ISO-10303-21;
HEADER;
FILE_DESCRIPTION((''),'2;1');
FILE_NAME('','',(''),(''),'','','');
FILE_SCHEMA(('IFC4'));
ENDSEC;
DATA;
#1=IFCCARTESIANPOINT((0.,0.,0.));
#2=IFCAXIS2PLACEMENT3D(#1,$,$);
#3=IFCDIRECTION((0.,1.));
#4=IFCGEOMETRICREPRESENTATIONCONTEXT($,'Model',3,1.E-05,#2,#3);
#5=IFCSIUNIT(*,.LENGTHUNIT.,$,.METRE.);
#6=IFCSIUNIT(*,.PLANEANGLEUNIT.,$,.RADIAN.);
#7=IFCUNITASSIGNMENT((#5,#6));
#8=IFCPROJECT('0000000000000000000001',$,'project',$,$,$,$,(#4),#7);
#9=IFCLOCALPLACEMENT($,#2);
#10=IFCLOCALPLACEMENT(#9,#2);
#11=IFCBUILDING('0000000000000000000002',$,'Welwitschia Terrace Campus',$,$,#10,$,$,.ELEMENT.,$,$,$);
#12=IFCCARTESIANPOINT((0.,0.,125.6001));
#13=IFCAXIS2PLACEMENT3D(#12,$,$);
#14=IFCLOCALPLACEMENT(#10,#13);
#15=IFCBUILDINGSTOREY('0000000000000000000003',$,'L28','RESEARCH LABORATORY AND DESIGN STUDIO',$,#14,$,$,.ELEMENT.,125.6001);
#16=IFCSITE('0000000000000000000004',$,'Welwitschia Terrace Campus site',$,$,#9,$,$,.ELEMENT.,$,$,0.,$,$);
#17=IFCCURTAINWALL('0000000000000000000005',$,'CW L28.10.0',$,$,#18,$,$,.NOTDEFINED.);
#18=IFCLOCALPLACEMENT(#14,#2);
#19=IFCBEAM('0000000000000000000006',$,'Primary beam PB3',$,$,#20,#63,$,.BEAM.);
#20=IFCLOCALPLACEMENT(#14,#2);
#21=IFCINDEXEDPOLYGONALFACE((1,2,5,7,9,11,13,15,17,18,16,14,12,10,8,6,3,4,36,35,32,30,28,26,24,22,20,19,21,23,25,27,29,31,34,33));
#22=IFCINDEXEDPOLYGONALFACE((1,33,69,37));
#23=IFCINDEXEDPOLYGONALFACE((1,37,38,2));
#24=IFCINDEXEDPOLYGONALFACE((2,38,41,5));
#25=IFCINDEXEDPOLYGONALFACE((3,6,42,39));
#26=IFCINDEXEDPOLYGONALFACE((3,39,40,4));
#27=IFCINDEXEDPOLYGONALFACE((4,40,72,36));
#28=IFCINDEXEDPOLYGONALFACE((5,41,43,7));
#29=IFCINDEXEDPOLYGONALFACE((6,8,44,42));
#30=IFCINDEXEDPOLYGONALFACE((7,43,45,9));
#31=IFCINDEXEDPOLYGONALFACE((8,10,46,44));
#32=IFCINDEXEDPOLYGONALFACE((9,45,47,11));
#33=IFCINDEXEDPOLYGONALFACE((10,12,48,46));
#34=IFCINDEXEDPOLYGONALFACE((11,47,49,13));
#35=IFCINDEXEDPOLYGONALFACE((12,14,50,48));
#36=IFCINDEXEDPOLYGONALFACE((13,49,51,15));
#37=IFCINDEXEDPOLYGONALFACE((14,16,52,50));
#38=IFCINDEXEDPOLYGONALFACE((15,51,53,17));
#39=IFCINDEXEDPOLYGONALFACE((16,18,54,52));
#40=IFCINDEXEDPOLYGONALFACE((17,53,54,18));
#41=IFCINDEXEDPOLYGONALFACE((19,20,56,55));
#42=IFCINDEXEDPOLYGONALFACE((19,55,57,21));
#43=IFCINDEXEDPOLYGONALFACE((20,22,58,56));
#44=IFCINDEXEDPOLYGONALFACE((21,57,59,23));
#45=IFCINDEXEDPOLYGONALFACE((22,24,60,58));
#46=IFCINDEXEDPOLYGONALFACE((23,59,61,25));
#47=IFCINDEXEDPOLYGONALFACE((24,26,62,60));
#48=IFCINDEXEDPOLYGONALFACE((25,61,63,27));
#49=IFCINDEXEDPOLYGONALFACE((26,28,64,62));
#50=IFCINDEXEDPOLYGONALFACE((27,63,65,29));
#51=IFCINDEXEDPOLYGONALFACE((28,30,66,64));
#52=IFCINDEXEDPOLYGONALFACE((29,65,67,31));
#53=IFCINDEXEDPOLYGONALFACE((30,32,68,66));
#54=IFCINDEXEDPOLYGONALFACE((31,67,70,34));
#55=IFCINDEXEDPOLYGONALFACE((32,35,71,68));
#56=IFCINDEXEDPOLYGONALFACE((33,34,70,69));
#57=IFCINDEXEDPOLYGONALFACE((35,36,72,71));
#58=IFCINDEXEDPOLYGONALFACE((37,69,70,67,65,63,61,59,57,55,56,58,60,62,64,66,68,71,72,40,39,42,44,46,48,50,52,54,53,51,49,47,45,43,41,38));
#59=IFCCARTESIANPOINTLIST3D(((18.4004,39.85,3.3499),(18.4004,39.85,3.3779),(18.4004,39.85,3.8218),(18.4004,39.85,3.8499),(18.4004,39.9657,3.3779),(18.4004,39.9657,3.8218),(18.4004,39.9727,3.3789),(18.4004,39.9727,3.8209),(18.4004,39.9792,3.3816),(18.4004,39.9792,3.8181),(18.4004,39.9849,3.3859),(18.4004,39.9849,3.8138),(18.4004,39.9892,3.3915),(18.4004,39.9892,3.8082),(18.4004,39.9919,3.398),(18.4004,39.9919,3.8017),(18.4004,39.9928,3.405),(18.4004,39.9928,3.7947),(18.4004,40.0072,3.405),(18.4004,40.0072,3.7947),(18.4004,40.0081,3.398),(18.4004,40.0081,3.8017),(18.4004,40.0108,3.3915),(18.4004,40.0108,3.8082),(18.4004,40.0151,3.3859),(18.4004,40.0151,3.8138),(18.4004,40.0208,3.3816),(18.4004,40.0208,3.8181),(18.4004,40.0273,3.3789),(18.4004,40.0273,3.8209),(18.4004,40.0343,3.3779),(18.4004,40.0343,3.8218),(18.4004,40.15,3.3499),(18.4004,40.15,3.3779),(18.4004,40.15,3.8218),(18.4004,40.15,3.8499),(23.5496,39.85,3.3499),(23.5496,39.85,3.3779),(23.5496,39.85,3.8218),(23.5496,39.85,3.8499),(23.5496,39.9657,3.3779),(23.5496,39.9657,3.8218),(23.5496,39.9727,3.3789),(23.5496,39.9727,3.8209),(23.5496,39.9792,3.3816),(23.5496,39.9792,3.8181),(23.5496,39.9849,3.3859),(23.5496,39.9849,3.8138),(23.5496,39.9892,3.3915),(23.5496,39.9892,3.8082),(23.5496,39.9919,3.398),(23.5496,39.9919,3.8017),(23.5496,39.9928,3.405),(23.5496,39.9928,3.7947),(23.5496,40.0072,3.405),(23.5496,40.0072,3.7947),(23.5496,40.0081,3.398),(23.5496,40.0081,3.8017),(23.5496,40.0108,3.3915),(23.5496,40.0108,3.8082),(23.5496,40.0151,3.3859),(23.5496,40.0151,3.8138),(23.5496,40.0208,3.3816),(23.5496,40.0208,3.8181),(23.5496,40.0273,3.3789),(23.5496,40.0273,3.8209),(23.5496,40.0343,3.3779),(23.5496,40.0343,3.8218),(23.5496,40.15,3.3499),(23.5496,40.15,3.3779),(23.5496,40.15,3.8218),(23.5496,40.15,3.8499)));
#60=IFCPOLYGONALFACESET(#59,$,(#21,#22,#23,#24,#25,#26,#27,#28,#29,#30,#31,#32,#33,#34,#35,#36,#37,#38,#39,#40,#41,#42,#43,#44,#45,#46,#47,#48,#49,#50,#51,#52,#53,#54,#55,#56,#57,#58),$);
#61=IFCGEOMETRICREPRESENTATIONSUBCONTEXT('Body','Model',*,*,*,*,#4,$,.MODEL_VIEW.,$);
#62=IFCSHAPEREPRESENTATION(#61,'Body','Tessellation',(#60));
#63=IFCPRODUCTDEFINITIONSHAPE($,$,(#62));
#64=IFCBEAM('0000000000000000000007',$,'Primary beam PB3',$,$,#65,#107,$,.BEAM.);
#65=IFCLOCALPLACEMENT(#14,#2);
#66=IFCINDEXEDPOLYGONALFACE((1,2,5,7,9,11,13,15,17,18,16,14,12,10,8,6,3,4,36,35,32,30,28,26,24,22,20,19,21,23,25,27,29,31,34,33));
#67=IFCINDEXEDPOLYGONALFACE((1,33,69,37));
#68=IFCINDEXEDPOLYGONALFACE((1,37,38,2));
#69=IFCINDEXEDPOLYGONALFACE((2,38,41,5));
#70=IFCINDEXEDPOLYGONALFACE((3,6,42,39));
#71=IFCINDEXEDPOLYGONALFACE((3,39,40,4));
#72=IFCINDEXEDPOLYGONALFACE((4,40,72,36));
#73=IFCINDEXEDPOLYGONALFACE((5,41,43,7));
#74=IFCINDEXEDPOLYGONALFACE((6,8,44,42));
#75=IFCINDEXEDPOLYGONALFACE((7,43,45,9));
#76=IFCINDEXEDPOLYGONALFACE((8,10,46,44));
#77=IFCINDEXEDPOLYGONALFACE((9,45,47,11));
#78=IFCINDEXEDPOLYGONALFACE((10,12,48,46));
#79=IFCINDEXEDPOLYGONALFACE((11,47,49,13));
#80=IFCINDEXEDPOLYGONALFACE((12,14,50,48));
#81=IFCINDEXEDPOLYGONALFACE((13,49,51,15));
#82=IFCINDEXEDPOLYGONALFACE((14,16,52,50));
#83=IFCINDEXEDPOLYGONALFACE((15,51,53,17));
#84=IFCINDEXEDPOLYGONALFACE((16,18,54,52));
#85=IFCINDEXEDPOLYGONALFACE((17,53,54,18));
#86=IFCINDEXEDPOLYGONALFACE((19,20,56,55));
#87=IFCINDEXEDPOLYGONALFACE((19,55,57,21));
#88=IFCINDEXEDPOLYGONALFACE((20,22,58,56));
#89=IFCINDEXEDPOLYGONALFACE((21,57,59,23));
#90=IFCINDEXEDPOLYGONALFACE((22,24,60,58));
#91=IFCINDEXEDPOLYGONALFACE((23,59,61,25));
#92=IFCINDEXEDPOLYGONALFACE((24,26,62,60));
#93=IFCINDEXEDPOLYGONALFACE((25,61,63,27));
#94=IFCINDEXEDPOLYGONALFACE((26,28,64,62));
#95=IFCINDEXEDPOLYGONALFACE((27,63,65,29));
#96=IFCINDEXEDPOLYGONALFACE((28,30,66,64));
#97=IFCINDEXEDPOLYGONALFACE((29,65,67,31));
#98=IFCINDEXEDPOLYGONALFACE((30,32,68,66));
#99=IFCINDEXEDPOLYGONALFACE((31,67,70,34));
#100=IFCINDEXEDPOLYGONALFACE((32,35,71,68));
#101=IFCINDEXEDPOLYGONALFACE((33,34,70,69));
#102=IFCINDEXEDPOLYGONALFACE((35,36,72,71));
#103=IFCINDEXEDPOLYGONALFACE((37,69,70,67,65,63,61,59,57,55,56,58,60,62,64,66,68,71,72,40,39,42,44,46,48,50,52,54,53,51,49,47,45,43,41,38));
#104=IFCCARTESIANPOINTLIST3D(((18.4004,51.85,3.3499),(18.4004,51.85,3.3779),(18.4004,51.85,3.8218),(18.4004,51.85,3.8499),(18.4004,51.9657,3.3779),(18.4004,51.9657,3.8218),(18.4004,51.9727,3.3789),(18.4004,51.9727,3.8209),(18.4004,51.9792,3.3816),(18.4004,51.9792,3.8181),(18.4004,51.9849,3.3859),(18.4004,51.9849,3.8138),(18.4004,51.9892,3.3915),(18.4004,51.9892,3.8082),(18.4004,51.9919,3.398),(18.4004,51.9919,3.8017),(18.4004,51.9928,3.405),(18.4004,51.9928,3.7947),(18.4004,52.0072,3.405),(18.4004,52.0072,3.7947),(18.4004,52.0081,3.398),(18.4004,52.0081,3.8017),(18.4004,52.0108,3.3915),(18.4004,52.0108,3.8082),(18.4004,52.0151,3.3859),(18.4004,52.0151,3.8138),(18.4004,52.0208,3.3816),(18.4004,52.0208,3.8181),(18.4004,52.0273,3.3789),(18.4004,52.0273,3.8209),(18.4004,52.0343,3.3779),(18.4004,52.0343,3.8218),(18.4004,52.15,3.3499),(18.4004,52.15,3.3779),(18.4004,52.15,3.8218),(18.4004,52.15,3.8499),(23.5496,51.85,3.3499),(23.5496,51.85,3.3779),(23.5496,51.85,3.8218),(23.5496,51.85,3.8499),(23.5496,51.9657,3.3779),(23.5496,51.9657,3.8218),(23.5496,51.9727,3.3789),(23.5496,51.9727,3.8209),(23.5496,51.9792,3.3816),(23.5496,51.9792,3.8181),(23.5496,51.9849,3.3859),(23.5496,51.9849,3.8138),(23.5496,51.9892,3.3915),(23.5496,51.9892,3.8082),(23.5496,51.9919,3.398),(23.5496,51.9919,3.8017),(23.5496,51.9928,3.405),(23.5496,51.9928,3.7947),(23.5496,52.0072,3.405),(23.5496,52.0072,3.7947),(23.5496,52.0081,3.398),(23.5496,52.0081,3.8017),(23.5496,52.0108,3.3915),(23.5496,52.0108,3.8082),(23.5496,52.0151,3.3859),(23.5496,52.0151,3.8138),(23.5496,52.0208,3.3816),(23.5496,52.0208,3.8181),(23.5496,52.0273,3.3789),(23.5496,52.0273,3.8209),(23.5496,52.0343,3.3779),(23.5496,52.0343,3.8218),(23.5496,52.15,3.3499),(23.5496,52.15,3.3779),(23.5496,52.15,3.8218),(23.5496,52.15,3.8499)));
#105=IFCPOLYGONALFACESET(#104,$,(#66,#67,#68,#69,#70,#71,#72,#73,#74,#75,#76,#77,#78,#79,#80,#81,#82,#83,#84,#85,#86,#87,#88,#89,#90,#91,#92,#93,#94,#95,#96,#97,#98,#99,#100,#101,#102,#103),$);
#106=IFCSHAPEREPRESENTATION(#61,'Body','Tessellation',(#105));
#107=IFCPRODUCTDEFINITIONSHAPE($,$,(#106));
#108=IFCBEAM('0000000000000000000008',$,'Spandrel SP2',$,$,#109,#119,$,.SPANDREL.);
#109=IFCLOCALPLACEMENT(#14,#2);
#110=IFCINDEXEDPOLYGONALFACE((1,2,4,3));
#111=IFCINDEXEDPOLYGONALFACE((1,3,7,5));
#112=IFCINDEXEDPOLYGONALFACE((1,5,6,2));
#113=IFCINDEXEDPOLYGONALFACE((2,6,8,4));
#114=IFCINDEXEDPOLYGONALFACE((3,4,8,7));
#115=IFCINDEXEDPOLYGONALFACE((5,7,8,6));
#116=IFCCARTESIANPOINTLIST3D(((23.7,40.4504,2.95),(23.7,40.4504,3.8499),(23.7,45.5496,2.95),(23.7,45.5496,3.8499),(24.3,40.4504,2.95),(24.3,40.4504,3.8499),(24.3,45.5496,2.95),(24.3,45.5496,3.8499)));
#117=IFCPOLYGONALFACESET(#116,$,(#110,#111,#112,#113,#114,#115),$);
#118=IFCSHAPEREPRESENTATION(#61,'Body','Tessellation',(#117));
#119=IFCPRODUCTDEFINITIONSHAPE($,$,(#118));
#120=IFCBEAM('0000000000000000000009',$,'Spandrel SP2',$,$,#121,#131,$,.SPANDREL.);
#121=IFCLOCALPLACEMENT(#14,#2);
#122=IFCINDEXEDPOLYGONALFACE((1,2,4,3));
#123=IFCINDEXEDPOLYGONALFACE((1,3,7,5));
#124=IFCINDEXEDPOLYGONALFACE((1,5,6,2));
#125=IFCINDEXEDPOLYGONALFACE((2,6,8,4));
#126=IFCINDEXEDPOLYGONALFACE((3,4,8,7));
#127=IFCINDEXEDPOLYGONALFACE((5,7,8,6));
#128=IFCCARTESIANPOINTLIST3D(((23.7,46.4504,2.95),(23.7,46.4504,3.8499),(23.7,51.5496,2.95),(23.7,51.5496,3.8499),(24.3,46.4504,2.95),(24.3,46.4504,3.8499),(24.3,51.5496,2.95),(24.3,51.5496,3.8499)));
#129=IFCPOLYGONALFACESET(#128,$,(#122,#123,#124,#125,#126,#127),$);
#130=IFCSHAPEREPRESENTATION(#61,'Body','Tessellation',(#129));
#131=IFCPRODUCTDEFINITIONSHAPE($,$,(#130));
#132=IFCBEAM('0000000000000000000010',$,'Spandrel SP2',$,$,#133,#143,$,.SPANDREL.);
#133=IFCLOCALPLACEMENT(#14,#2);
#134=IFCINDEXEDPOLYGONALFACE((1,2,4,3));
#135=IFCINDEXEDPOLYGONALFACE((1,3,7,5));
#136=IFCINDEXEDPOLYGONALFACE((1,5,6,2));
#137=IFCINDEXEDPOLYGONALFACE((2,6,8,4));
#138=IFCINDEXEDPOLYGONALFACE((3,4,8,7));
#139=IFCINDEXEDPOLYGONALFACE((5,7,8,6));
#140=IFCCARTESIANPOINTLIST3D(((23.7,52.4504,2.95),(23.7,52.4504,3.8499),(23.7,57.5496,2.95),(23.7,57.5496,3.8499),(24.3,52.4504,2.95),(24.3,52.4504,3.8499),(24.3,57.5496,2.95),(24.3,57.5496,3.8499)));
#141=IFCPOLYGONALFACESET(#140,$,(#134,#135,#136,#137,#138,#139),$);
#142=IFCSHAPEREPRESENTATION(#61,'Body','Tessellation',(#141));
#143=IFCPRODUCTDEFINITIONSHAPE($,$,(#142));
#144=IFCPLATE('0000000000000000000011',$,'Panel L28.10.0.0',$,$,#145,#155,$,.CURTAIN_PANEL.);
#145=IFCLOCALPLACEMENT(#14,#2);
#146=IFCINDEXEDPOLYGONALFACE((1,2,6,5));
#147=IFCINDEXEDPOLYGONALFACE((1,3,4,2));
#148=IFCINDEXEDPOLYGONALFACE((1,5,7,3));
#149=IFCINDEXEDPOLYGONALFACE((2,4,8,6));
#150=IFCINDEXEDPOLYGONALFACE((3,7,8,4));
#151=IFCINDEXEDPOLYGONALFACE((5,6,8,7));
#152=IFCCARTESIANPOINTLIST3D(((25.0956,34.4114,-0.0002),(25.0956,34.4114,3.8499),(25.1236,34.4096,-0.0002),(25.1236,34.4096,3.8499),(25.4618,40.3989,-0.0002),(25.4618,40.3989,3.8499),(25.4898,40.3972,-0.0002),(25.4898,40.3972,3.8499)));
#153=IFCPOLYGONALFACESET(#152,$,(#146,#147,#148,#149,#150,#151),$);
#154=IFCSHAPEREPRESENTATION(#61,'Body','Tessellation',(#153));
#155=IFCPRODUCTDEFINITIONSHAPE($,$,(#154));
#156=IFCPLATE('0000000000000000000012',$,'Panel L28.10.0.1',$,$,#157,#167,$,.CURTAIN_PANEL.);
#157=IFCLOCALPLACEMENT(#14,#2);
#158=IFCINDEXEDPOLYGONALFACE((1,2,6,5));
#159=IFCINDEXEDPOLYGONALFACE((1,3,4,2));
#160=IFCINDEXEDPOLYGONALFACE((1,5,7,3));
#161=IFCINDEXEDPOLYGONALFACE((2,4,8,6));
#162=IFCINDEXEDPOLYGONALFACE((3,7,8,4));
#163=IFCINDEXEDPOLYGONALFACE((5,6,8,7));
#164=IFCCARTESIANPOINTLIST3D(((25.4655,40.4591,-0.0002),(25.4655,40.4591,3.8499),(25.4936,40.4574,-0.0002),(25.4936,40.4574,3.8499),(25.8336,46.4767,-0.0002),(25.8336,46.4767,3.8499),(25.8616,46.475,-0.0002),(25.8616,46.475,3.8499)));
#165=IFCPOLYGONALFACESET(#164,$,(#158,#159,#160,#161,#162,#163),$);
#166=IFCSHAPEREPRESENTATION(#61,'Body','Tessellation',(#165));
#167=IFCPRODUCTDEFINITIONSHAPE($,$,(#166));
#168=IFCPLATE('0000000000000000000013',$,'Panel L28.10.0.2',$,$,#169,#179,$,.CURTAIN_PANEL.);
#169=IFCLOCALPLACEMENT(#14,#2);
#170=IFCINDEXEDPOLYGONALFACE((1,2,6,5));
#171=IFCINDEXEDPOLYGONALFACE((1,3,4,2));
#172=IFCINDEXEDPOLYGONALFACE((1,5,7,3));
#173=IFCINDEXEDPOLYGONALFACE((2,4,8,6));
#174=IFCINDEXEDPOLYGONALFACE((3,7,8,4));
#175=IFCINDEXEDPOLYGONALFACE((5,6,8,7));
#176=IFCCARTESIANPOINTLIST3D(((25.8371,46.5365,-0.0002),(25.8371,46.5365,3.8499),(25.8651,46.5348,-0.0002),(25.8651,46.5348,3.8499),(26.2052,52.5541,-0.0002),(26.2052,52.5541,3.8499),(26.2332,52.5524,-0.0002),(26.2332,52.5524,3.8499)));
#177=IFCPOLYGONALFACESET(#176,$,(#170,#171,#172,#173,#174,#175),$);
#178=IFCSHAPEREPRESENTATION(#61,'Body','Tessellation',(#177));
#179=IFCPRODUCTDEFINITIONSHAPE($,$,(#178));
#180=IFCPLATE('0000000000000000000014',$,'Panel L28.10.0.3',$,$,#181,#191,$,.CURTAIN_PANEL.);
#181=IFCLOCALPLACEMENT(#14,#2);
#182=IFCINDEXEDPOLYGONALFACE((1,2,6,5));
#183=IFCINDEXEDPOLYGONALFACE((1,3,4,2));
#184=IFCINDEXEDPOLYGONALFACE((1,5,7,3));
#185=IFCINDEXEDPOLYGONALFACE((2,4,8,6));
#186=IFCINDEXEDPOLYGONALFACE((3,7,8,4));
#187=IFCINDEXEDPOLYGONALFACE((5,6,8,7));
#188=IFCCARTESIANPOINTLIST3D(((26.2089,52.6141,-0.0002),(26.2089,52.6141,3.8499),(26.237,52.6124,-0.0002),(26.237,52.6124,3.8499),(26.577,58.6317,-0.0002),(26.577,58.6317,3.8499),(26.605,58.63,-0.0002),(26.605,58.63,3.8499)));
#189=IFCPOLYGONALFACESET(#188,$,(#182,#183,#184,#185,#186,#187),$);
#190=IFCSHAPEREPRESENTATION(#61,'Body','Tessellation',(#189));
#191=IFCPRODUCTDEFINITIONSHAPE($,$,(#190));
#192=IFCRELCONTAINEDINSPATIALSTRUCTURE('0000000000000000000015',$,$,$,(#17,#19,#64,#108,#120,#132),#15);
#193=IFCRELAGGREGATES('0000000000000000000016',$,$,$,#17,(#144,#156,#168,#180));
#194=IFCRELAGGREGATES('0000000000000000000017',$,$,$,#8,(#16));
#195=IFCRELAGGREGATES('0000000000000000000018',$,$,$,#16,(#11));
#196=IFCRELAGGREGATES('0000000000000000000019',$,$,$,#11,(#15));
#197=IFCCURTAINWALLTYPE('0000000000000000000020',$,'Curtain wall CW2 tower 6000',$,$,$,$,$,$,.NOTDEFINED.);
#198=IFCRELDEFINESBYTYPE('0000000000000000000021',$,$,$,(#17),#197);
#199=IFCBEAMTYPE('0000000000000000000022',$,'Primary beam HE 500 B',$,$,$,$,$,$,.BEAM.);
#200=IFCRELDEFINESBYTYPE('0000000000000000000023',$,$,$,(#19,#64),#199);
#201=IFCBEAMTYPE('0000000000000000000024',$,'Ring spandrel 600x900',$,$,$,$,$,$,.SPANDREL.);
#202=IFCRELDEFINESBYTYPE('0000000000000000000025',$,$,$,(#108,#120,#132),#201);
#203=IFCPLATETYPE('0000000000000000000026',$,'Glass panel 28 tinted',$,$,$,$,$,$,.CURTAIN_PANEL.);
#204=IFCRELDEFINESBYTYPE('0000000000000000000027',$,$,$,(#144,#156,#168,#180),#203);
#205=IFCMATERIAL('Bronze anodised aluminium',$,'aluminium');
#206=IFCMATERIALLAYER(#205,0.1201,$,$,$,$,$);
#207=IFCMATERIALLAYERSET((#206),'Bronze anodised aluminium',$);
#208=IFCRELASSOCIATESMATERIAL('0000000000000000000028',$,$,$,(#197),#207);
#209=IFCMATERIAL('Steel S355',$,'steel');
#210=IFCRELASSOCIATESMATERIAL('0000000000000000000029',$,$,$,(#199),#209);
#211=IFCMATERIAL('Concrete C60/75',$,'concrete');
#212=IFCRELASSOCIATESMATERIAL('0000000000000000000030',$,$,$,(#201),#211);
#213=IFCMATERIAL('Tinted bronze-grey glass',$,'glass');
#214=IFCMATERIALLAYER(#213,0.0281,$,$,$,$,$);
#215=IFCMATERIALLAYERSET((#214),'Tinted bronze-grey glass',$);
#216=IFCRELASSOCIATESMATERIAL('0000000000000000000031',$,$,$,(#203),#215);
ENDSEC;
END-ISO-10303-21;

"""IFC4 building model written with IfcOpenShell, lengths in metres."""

from ifc_helpers import new_model, si_unit, direction, frame, origin, origin_2d, place, context, subcontext, project, spatial, rectangle, i_section, extrude, material, layer, layer_set, material_profile, profile_set, type_object, element, aggregate, save


model = new_model("IFC4")

# Units and contexts
model_context = context("Model", 3, precision=1e-05, world=origin(), true_north=direction((0.0, 1.0)))
body_context = subcontext(model_context, "Body", "Model", "MODEL_VIEW")
ifc_project = project(units=[si_unit("LENGTHUNIT", "METRE"), si_unit("PLANEANGLEUNIT", "RADIAN")], contexts=[model_context])

# Site, building, storey
site_placement = place(None, origin())
site = spatial("IfcSite", under=ifc_project, at=site_placement, Name="Welwitschia Terrace Campus site", CompositionType="ELEMENT", RefElevation=0.0)
building_placement = place(site_placement, origin())
building = spatial("IfcBuilding", under=site, at=building_placement, Name="Welwitschia Terrace Campus", CompositionType="ELEMENT")
storey_placement = place(building_placement, frame((0.0, 0.0, 125.6001)))
storey = spatial("IfcBuildingStorey", under=building, at=storey_placement, Name="L28", Description="RESEARCH LABORATORY AND DESIGN STUDIO", CompositionType="ELEMENT", Elevation=125.6001)

# Curtain wall
ifc_material_1 = material(Name="Bronze anodised aluminium", Category="aluminium")
ifc_layer_1 = layer(ifc_material_1, 0.1201)
ifc_layer_set_1 = layer_set([ifc_layer_1], Name="Bronze anodised aluminium")
curtain_wall_type = type_object("IfcCurtainWallType", Name="Curtain wall CW2 tower 6000", PredefinedType="NOTDEFINED", material=ifc_layer_set_1)
curtain_wall_placement = place(storey_placement, origin())
curtain_wall = element("IfcCurtainWall", 1, at=curtain_wall_placement, inside=storey, type_object=curtain_wall_type, Name="CW L28.10.0", PredefinedType="NOTDEFINED")

# Beams
ifc_material_2 = material(Name="Steel S355", Category="steel")
ifc_material_profile_1 = material_profile(ifc_material_2, i_section(OverallWidth=0.3, OverallDepth=0.5, WebThickness=0.0144, FlangeThickness=0.0281, FilletRadius=0.0271, at=origin_2d()))
ifc_profile_set_1 = profile_set([ifc_material_profile_1], Name="Steel S355")
beam_type_1 = type_object("IfcBeamType", Name="Primary beam HE 500 B", PredefinedType="BEAM", material=ifc_profile_set_1)
for number, where, z_axis, x_axis, name in (
    (2, (23.5496, 40.0, 3.5999), (-1.0, 0.0, 0.0), (0.0, -1.0, 0.0), "Primary beam PB3"),
    (3, (23.5496, 52.0, 3.5999), (-1.0, 0.0, 0.0), (0.0, -1.0, 0.0), "Primary beam PB3"),
):
    element("IfcBeam", number, at=place(storey_placement, frame(where, z_axis=z_axis, x_axis=x_axis)), inside=storey, type_object=beam_type_1, Name=name, PredefinedType="BEAM", context=body_context, shape_type="SweptSolid", body=[
        extrude(i_section(OverallWidth=0.3, OverallDepth=0.5, WebThickness=0.0144, FlangeThickness=0.0281, FilletRadius=0.0271, at=origin_2d()), origin(), (0.0, 0.0, 1.0), 5.1492),
    ])
ifc_material_3 = material(Name="Concrete C60/75", Category="concrete")
ifc_material_profile_2 = material_profile(ifc_material_3, rectangle(XDim=0.6001, YDim=0.8999, at=origin_2d()))
ifc_profile_set_2 = profile_set([ifc_material_profile_2], Name="Concrete C60/75")
beam_type_2 = type_object("IfcBeamType", Name="Ring spandrel 600x900", PredefinedType="SPANDREL", material=ifc_profile_set_2)
for number, where, z_axis, x_axis, name in (
    (4, (24.0, 40.4504, 3.3999), (0.0, 1.0, 0.0), (-1.0, 0.0, 0.0), "Spandrel SP2"),
    (5, (24.0, 46.4504, 3.3999), (0.0, 1.0, 0.0), (-1.0, 0.0, 0.0), "Spandrel SP2"),
    (6, (24.0, 52.4504, 3.3999), (0.0, 1.0, 0.0), (-1.0, 0.0, 0.0), "Spandrel SP2"),
):
    element("IfcBeam", number, at=place(storey_placement, frame(where, z_axis=z_axis, x_axis=x_axis)), inside=storey, type_object=beam_type_2, Name=name, PredefinedType="SPANDREL", context=body_context, shape_type="SweptSolid", body=[
        extrude(rectangle(XDim=0.6001, YDim=0.8999, at=origin_2d()), origin(), (0.0, 0.0, 1.0), 5.0991),
    ])

# Plates
ifc_material_4 = material(Name="Tinted bronze-grey glass", Category="glass")
ifc_layer_2 = layer(ifc_material_4, 0.0281)
ifc_layer_set_2 = layer_set([ifc_layer_2], Name="Tinted bronze-grey glass")
plate_type = type_object("IfcPlateType", Name="Glass panel 28 tinted", PredefinedType="CURTAIN_PANEL", material=ifc_layer_set_2)
plate_1_placement = place(storey_placement, frame((25.2927, 37.4043, -0.0002), z_axis=(0.0, 0.0, 1.0), x_axis=(0.061049, 0.998135, 0.0)))
plate_1 = element("IfcPlate", 7, at=plate_1_placement, type_object=plate_type, Name="Panel L28.10.0.0", PredefinedType="CURTAIN_PANEL", context=body_context, shape_type="SweptSolid", body=[
    extrude(rectangle(XDim=5.9988, YDim=0.0281, at=origin_2d()), origin(), (0.0, 0.0, 1.0), 3.8501),
])
plate_2_placement = place(storey_placement, frame((25.6636, 43.467, -0.0002), z_axis=(0.0, 0.0, 1.0), x_axis=(0.061049, 0.998135, 0.0)))
plate_2 = element("IfcPlate", 8, at=plate_2_placement, type_object=plate_type, Name="Panel L28.10.0.1", PredefinedType="CURTAIN_PANEL", context=body_context, shape_type="SweptSolid", body=[
    extrude(rectangle(XDim=6.0288, YDim=0.0281, at=origin_2d()), origin(), (0.0, 0.0, 1.0), 3.8501),
])
plate_3_placement = place(storey_placement, frame((26.0352, 49.5444, -0.0002), z_axis=(0.0, 0.0, 1.0), x_axis=(0.061049, 0.998135, 0.0)))
plate_3 = element("IfcPlate", 9, at=plate_3_placement, type_object=plate_type, Name="Panel L28.10.0.2", PredefinedType="CURTAIN_PANEL", context=body_context, shape_type="SweptSolid", body=[
    extrude(rectangle(XDim=6.0288, YDim=0.0281, at=origin_2d()), origin(), (0.0, 0.0, 1.0), 3.8501),
])
plate_4_placement = place(storey_placement, frame((26.407, 55.6221, -0.0002), z_axis=(0.0, 0.0, 1.0), x_axis=(0.061049, 0.998135, 0.0)))
plate_4 = element("IfcPlate", 10, at=plate_4_placement, type_object=plate_type, Name="Panel L28.10.0.3", PredefinedType="CURTAIN_PANEL", context=body_context, shape_type="SweptSolid", body=[
    extrude(rectangle(XDim=6.0288, YDim=0.0281, at=origin_2d()), origin(), (0.0, 0.0, 1.0), 3.8501),
])
aggregate(curtain_wall, [plate_1, plate_2, plate_3, plate_4])

save(model, "model.ifc")
